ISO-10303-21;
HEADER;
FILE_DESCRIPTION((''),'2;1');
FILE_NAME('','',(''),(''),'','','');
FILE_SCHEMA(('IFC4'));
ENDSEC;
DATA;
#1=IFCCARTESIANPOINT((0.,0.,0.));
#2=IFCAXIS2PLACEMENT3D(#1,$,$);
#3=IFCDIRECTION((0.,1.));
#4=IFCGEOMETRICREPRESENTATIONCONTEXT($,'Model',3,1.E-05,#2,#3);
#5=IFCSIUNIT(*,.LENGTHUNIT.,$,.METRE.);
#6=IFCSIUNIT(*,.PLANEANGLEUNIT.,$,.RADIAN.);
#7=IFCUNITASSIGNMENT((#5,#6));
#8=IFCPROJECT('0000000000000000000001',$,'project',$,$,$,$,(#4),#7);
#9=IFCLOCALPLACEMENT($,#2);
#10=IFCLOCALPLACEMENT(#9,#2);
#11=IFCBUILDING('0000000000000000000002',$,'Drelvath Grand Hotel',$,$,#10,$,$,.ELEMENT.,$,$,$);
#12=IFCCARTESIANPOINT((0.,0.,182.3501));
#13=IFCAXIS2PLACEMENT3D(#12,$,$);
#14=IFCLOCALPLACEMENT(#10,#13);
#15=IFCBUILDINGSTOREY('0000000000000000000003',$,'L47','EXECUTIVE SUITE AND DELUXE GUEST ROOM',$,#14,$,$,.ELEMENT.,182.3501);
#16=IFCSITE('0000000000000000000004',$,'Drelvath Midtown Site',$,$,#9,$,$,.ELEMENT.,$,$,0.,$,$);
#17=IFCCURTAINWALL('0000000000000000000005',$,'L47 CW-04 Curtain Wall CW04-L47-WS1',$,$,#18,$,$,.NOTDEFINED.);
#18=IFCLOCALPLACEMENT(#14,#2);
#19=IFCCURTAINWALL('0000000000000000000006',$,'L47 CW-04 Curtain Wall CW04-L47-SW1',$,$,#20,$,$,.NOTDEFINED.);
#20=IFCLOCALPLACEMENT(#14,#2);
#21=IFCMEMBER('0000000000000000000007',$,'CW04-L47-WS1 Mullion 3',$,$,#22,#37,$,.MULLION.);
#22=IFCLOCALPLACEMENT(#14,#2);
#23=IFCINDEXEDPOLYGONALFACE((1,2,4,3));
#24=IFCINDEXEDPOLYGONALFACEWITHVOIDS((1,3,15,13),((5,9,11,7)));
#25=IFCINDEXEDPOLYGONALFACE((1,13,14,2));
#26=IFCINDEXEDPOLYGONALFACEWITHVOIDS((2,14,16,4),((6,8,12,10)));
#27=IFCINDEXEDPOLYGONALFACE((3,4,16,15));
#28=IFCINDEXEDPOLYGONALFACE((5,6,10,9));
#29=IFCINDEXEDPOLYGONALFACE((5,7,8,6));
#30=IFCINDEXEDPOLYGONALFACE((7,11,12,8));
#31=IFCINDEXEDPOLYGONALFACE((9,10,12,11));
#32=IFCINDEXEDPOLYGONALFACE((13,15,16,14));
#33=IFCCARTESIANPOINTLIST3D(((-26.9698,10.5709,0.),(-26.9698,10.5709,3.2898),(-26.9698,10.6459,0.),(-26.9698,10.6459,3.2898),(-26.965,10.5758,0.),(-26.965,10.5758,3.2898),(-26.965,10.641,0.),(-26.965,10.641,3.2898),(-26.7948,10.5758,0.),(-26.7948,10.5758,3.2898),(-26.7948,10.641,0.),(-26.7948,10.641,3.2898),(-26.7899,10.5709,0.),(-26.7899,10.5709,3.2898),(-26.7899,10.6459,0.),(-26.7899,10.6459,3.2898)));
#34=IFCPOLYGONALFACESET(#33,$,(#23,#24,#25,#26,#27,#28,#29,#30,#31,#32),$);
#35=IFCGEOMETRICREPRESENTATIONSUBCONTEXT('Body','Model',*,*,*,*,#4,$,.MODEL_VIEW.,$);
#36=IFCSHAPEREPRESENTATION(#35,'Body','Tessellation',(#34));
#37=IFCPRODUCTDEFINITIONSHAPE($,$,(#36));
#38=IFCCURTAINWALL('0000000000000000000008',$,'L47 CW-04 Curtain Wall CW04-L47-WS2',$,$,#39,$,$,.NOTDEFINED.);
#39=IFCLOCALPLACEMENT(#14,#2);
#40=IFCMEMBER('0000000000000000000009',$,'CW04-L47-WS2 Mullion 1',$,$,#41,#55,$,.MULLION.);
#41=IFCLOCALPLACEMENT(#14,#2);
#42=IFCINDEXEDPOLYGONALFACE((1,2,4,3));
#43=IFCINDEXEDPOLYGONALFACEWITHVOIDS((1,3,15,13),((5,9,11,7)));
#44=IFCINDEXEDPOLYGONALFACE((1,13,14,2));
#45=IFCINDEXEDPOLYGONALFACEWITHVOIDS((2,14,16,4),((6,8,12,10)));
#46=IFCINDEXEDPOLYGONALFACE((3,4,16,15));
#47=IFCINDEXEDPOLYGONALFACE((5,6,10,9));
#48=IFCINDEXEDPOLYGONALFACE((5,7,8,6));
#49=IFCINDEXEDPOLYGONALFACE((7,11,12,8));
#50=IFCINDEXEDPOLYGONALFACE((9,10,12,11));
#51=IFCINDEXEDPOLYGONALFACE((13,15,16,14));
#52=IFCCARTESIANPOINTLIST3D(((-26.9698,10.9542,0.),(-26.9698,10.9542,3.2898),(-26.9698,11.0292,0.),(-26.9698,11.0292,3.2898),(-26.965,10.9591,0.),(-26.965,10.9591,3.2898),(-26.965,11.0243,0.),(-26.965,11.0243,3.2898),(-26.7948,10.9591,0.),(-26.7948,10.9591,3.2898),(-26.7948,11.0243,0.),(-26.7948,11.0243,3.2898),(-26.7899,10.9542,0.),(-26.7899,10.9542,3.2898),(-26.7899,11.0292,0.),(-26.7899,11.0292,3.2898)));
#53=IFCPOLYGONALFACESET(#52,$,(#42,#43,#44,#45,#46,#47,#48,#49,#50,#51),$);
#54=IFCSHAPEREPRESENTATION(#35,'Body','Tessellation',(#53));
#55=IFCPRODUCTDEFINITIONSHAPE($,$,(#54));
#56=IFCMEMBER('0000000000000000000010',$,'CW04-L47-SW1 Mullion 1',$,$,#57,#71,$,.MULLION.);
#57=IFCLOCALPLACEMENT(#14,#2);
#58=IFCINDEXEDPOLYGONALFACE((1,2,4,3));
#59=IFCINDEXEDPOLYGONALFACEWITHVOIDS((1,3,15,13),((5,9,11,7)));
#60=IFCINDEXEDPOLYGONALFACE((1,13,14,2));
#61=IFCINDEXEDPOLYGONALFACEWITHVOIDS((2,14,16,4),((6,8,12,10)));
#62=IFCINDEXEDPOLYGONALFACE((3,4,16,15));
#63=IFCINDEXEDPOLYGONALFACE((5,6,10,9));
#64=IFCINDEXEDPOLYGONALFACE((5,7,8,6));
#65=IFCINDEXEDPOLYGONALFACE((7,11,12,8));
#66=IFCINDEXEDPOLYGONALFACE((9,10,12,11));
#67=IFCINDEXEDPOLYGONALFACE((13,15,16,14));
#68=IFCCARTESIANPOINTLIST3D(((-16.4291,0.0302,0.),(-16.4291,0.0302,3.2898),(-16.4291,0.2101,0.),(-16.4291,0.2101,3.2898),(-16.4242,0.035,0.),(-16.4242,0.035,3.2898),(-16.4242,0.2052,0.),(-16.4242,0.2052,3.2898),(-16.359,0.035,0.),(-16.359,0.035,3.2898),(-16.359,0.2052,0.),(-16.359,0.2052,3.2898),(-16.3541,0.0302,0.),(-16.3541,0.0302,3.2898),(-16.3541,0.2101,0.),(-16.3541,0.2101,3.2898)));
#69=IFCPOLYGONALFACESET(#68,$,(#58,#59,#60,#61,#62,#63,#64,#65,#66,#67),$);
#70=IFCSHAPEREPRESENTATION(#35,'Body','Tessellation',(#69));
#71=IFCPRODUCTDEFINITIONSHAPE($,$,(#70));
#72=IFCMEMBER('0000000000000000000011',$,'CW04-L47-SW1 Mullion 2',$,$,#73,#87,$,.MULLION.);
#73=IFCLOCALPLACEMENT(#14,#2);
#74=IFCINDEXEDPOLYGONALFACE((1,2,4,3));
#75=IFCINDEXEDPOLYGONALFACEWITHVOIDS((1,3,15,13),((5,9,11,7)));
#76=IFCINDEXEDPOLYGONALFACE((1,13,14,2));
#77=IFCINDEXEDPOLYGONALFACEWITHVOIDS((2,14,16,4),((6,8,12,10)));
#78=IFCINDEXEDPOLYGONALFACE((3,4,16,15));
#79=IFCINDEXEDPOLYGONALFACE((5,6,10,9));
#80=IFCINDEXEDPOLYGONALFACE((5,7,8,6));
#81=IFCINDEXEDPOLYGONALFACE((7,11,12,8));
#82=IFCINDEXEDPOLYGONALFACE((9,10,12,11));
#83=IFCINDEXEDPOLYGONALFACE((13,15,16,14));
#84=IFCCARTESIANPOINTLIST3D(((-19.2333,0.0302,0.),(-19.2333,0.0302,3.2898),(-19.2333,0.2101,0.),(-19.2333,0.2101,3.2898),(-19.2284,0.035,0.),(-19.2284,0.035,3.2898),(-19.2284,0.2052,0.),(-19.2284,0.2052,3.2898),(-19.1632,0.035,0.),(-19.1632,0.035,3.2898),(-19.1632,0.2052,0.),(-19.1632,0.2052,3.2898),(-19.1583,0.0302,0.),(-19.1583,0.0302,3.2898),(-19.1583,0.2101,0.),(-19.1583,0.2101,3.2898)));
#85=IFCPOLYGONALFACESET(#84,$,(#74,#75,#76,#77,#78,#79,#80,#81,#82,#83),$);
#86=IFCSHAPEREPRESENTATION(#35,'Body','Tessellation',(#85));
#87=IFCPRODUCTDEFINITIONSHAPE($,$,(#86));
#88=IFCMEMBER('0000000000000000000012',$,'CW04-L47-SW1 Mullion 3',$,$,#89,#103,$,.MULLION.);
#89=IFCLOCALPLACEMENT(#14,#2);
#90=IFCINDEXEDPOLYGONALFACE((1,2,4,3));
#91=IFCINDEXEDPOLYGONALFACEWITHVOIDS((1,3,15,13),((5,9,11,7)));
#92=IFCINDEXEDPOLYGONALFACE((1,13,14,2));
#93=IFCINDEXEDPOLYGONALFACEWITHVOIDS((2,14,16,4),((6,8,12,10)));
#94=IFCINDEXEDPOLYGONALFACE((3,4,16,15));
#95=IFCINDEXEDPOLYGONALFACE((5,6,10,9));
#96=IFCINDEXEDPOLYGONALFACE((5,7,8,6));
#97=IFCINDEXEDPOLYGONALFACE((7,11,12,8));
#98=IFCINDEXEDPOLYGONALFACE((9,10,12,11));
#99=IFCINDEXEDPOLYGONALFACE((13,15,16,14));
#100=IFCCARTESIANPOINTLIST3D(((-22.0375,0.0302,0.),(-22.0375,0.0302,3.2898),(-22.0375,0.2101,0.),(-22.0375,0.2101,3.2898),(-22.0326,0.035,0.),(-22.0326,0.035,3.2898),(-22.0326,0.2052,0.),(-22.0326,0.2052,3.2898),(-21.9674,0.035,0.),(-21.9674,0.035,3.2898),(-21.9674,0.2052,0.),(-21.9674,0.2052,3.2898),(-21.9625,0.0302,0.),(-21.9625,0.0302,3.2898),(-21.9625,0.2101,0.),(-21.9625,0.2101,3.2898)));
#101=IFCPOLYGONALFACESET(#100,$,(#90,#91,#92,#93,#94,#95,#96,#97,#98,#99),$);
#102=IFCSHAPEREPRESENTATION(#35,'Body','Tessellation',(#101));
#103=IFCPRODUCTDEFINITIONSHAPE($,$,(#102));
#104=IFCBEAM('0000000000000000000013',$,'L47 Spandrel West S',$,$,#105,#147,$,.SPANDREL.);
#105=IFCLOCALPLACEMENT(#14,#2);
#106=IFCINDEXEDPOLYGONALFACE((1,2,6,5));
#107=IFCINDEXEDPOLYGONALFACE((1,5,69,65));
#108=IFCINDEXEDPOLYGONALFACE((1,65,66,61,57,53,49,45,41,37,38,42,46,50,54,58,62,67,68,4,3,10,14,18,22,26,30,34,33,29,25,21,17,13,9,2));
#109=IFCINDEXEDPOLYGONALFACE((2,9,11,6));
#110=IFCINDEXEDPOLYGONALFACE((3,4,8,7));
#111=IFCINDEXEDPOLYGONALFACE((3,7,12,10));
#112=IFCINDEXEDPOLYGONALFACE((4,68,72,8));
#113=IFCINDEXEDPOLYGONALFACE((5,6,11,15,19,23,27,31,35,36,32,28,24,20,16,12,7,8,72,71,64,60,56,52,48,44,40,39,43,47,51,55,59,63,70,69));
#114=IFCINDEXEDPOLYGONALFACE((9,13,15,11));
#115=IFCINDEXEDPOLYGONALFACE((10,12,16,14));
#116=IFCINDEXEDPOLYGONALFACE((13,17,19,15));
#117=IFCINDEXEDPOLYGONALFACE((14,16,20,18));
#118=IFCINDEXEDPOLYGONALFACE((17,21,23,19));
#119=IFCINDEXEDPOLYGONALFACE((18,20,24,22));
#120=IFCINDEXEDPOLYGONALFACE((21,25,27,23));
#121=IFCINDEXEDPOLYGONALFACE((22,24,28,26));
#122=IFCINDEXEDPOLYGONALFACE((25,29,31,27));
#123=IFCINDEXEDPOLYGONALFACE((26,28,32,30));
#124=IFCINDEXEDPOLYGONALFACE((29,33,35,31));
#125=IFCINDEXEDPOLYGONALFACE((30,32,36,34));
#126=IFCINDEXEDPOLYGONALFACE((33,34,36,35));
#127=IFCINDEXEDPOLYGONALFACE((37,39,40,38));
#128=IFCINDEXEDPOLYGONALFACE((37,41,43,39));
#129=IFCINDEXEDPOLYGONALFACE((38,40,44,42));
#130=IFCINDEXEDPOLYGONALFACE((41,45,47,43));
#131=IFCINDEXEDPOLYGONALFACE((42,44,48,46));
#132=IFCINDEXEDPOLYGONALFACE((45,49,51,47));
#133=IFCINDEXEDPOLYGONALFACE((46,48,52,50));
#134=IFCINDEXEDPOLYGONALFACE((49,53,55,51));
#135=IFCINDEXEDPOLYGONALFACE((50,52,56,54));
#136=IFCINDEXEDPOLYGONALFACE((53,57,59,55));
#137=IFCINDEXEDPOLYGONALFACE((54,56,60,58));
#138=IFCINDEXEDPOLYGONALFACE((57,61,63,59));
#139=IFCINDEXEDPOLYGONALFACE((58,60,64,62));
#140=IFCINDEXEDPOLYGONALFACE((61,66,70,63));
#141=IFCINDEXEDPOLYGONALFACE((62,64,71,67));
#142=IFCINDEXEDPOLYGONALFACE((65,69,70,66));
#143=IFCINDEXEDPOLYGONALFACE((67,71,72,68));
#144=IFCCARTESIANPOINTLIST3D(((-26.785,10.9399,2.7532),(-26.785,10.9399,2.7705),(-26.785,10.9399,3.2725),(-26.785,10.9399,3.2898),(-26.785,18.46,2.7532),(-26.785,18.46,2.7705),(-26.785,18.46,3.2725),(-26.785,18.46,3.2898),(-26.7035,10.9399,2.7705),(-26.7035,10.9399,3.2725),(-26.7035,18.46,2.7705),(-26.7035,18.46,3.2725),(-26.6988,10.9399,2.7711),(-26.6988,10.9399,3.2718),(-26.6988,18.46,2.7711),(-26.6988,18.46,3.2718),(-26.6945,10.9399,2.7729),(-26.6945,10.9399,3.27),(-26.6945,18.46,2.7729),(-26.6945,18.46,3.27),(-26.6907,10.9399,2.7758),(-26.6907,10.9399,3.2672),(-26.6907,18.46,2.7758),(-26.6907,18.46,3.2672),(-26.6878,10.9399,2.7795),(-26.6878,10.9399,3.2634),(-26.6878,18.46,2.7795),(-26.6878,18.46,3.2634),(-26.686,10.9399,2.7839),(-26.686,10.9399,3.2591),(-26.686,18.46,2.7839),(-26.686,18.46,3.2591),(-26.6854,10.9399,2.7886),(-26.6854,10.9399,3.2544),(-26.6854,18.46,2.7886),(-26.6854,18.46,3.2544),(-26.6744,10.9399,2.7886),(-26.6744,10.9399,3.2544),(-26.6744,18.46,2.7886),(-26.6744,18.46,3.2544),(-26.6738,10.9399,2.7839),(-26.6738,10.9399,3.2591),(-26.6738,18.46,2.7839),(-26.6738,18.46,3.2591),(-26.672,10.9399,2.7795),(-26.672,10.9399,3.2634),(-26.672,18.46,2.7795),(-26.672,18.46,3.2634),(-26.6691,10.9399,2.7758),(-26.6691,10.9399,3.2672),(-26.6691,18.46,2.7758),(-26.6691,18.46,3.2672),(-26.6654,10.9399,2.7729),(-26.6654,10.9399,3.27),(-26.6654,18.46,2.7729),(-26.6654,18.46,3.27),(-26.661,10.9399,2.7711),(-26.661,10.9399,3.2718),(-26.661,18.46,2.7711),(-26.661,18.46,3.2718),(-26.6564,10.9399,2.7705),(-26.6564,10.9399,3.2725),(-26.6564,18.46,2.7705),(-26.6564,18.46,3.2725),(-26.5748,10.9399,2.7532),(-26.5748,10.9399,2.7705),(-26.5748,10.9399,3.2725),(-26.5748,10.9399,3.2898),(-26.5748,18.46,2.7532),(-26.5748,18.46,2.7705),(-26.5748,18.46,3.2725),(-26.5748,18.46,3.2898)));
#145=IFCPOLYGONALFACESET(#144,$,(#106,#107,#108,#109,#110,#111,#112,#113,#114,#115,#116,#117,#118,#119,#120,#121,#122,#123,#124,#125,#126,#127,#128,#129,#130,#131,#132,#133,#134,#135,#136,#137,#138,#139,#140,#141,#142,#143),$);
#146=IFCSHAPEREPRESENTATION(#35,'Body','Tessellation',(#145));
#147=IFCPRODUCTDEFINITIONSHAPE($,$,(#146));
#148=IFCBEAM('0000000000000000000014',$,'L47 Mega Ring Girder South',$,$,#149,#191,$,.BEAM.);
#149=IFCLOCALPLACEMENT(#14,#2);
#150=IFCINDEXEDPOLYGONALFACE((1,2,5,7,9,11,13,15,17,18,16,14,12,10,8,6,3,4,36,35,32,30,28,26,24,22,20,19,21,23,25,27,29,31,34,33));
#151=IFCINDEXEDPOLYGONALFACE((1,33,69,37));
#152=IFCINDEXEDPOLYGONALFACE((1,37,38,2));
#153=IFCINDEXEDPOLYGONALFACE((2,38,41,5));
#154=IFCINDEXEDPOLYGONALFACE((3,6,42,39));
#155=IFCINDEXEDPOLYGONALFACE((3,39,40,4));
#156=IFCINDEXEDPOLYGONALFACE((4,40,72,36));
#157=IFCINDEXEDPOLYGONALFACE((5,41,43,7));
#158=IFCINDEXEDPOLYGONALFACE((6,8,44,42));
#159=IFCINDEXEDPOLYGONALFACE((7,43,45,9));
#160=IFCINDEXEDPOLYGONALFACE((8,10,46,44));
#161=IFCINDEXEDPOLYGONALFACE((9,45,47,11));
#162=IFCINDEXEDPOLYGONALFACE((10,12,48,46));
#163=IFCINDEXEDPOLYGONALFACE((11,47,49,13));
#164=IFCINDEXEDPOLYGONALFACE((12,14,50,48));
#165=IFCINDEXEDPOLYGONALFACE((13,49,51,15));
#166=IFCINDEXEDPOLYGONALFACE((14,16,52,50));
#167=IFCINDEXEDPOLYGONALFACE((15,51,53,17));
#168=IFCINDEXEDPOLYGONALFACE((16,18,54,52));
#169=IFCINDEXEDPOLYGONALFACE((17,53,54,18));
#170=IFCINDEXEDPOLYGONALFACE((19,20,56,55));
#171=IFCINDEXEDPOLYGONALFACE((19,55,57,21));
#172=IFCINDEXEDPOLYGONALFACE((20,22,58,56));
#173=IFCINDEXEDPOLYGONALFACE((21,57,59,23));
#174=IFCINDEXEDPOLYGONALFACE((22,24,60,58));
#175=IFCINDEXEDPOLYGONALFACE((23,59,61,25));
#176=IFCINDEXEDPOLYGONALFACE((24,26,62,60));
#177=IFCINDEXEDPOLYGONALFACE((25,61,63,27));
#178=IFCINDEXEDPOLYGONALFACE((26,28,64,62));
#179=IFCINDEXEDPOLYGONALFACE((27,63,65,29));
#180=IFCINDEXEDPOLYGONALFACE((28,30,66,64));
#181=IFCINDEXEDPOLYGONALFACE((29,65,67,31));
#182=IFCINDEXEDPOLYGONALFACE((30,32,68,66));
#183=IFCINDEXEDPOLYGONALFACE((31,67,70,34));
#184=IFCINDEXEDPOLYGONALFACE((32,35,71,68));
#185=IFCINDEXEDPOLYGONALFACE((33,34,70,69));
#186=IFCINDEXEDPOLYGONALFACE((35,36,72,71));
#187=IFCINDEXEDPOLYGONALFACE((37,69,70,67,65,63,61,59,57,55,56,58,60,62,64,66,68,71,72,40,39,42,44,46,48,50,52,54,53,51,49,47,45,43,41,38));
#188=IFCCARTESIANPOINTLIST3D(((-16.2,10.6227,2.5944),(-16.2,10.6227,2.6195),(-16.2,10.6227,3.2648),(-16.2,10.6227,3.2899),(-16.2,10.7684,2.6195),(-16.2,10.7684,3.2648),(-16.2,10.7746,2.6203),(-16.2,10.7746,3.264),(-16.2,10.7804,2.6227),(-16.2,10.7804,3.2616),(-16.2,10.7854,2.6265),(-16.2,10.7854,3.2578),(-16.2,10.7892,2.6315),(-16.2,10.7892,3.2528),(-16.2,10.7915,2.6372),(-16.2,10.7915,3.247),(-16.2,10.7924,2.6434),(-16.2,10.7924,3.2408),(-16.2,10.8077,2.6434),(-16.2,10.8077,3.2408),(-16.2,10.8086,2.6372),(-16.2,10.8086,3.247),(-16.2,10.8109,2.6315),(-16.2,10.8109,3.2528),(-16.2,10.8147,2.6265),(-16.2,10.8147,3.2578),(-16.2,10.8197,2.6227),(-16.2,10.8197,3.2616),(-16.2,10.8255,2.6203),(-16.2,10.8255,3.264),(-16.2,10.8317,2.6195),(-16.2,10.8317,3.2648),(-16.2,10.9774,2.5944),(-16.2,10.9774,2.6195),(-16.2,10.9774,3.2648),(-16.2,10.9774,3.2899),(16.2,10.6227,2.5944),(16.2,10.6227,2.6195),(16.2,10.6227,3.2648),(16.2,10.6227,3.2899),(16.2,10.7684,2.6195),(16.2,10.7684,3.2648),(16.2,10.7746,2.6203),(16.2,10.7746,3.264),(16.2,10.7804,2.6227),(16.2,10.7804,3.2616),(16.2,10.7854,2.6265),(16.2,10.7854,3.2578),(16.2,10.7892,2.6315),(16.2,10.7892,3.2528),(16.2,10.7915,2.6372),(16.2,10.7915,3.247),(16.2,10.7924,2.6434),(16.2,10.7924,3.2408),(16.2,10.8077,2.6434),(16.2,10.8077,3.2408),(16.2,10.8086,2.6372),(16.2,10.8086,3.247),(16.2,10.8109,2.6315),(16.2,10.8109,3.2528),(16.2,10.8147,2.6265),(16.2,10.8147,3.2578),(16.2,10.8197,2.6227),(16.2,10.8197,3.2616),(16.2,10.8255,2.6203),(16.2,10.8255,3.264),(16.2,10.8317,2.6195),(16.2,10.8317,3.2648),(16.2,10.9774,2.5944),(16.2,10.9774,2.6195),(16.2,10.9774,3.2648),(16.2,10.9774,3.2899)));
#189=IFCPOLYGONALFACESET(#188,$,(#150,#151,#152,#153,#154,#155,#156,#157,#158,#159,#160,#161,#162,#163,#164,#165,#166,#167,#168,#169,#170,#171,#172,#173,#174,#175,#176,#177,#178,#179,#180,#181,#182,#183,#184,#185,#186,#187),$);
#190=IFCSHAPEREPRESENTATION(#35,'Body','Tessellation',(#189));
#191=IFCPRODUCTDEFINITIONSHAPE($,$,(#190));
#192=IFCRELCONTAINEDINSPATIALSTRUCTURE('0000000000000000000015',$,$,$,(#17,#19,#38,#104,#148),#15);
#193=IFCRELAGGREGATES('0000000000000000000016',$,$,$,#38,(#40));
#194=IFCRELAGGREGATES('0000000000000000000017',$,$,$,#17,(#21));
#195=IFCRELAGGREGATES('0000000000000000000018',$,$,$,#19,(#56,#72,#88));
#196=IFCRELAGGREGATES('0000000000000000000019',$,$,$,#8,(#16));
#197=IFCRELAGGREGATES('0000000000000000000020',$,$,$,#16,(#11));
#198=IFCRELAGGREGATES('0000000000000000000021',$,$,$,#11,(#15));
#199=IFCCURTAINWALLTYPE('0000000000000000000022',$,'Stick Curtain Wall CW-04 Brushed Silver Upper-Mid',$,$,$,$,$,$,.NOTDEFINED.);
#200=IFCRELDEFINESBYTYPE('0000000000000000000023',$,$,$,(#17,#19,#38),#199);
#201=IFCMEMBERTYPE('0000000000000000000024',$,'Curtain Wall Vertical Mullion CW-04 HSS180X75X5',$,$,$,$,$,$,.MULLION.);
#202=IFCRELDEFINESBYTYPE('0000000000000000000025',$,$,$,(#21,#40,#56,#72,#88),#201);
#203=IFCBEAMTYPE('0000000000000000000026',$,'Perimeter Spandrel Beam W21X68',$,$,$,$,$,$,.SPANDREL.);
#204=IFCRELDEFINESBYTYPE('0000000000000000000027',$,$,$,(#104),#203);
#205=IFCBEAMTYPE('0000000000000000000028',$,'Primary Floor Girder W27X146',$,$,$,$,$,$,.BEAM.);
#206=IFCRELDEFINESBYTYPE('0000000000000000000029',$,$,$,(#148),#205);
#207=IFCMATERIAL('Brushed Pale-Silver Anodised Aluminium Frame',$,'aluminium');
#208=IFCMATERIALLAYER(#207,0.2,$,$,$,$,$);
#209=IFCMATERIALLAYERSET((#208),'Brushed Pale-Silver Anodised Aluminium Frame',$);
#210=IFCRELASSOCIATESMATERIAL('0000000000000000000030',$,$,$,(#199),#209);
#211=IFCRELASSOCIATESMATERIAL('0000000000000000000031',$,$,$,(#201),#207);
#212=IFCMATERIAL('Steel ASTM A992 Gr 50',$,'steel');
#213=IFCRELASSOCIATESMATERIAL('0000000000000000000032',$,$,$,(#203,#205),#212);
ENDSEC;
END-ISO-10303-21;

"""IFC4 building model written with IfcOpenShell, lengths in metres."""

from ifc_helpers import new_model, si_unit, direction, frame, origin, origin_2d, place, context, subcontext, project, spatial, hollow_rectangle, i_section, extrude, material, layer, layer_set, material_profile, profile_set, type_object, element, aggregate, save


model = new_model("IFC4")

# Units and contexts
model_context = context("Model", 3, precision=1e-05, world=origin(), true_north=direction((0.0, 1.0)))
body_context = subcontext(model_context, "Body", "Model", "MODEL_VIEW")
ifc_project = project(units=[si_unit("LENGTHUNIT", "METRE"), si_unit("PLANEANGLEUNIT", "RADIAN")], contexts=[model_context])

# Site, building, storey
site_placement = place(None, origin())
site = spatial("IfcSite", under=ifc_project, at=site_placement, Name="Drelvath Midtown Site", CompositionType="ELEMENT", RefElevation=0.0)
building_placement = place(site_placement, origin())
building = spatial("IfcBuilding", under=site, at=building_placement, Name="Drelvath Grand Hotel", CompositionType="ELEMENT")
storey_placement = place(building_placement, frame((0.0, 0.0, 182.3501)))
storey = spatial("IfcBuildingStorey", under=building, at=storey_placement, Name="L47", Description="EXECUTIVE SUITE AND DELUXE GUEST ROOM", CompositionType="ELEMENT", Elevation=182.3501)

# Curtain walls
ifc_material_1 = material(Name="Brushed Pale-Silver Anodised Aluminium Frame", Category="aluminium")
ifc_layer_1 = layer(ifc_material_1, 0.2)
ifc_layer_set_1 = layer_set([ifc_layer_1], Name="Brushed Pale-Silver Anodised Aluminium Frame")
curtain_wall_type = type_object("IfcCurtainWallType", Name="Stick Curtain Wall CW-04 Brushed Silver Upper-Mid", PredefinedType="NOTDEFINED", material=ifc_layer_set_1)
curtain_wall_1_placement = place(storey_placement, origin())
curtain_wall_1 = element("IfcCurtainWall", 1, at=curtain_wall_1_placement, inside=storey, type_object=curtain_wall_type, Name="L47 CW-04 Curtain Wall CW04-L47-WS1", PredefinedType="NOTDEFINED")
curtain_wall_2_placement = place(storey_placement, origin())
curtain_wall_2 = element("IfcCurtainWall", 2, at=curtain_wall_2_placement, inside=storey, type_object=curtain_wall_type, Name="L47 CW-04 Curtain Wall CW04-L47-SW1", PredefinedType="NOTDEFINED")

# Member
ifc_material_profile_1 = material_profile(ifc_material_1, hollow_rectangle(XDim=0.075, YDim=0.1799, WallThickness=0.0049, at=origin_2d()), Name="HSS180X75X5")
ifc_profile_set_1 = profile_set([ifc_material_profile_1], Name="Brushed Pale-Silver Anodised Aluminium Frame")
member_type_1 = type_object("IfcMemberType", Name="Curtain Wall Vertical Mullion CW-04 HSS180X75X5", PredefinedType="MULLION", material=ifc_profile_set_1)
member_1_placement = place(storey_placement, frame((-26.8799, 10.6084, 0.0), z_axis=(0.0, 0.0, 1.0), x_axis=(0.0, 1.0, 0.0)))
member_1 = element("IfcMember", 3, at=member_1_placement, type_object=member_type_1, Name="CW04-L47-WS1 Mullion 3", PredefinedType="MULLION", context=body_context, shape_type="SweptSolid", body=[
    extrude(hollow_rectangle(XDim=0.075, YDim=0.1799, WallThickness=0.0049, at=origin_2d()), origin(), (0.0, 0.0, 1.0), 3.2898),
])

# Curtain wall, member
curtain_wall_3_placement = place(storey_placement, origin())
curtain_wall_3 = element("IfcCurtainWall", 4, at=curtain_wall_3_placement, inside=storey, type_object=curtain_wall_type, Name="L47 CW-04 Curtain Wall CW04-L47-WS2", PredefinedType="NOTDEFINED")
member_2_placement = place(storey_placement, frame((-26.8799, 10.9917, 0.0), z_axis=(0.0, 0.0, 1.0), x_axis=(0.0, 1.0, 0.0)))
member_2 = element("IfcMember", 5, at=member_2_placement, type_object=member_type_1, Name="CW04-L47-WS2 Mullion 1", PredefinedType="MULLION", context=body_context, shape_type="SweptSolid", body=[
    extrude(hollow_rectangle(XDim=0.075, YDim=0.1799, WallThickness=0.0049, at=origin_2d()), origin(), (0.0, 0.0, 1.0), 3.2898),
])
aggregate(curtain_wall_3, [member_2])

# Members
member_3_placement = place(storey_placement, frame((-16.3916, 0.1201, 0.0), z_axis=(0.0, 0.0, 1.0), x_axis=(1.0, 0.0, 0.0)))
member_3 = element("IfcMember", 6, at=member_3_placement, type_object=member_type_1, Name="CW04-L47-SW1 Mullion 1", PredefinedType="MULLION", context=body_context, shape_type="SweptSolid", body=[
    extrude(hollow_rectangle(XDim=0.075, YDim=0.1799, WallThickness=0.0049, at=origin_2d()), origin(), (0.0, 0.0, 1.0), 3.2898),
])
member_4_placement = place(storey_placement, frame((-19.1958, 0.1201, 0.0), z_axis=(0.0, 0.0, 1.0), x_axis=(1.0, 0.0, 0.0)))
member_4 = element("IfcMember", 7, at=member_4_placement, type_object=member_type_1, Name="CW04-L47-SW1 Mullion 2", PredefinedType="MULLION", context=body_context, shape_type="SweptSolid", body=[
    extrude(hollow_rectangle(XDim=0.075, YDim=0.1799, WallThickness=0.0049, at=origin_2d()), origin(), (0.0, 0.0, 1.0), 3.2898),
])
member_5_placement = place(storey_placement, frame((-22.0, 0.1201, 0.0), z_axis=(0.0, 0.0, 1.0), x_axis=(1.0, 0.0, 0.0)))
member_5 = element("IfcMember", 8, at=member_5_placement, type_object=member_type_1, Name="CW04-L47-SW1 Mullion 3", PredefinedType="MULLION", context=body_context, shape_type="SweptSolid", body=[
    extrude(hollow_rectangle(XDim=0.075, YDim=0.1799, WallThickness=0.0049, at=origin_2d()), origin(), (0.0, 0.0, 1.0), 3.2898),
])

# Beams
ifc_material_2 = material(Name="Steel ASTM A992 Gr 50", Category="steel")
ifc_material_profile_2 = material_profile(ifc_material_2, i_section(OverallWidth=0.2102, OverallDepth=0.5366, WebThickness=0.011, FlangeThickness=0.0173, FilletRadius=0.0181, at=origin_2d()), Name="W21X68")
ifc_profile_set_2 = profile_set([ifc_material_profile_2], Name="Steel ASTM A992 Gr 50")
beam_type_1 = type_object("IfcBeamType", Name="Perimeter Spandrel Beam W21X68", PredefinedType="SPANDREL", material=ifc_profile_set_2)
beam_placement = place(storey_placement, frame((-26.6799, 10.9399, 3.0215), z_axis=(0.0, 1.0, 0.0), x_axis=(-1.0, 0.0, 0.0)))
element("IfcBeam", 9, at=beam_placement, inside=storey, type_object=beam_type_1, Name="L47 Spandrel West S", PredefinedType="SPANDREL", context=body_context, shape_type="SweptSolid", body=[
    extrude(i_section(OverallWidth=0.2102, OverallDepth=0.5366, WebThickness=0.011, FlangeThickness=0.0173, FilletRadius=0.0181, at=origin_2d()), origin(), (0.0, 0.0, 1.0), 7.52),
])
ifc_material_profile_3 = material_profile(ifc_material_2, i_section(OverallWidth=0.3547, OverallDepth=0.6956, WebThickness=0.0154, FlangeThickness=0.0251, FilletRadius=0.0239, at=origin_2d()), Name="W27X146")
ifc_profile_set_3 = profile_set([ifc_material_profile_3], Name="Steel ASTM A992 Gr 50")
beam_type_2 = type_object("IfcBeamType", Name="Primary Floor Girder W27X146", PredefinedType="BEAM", material=ifc_profile_set_3)
for number, where, z_axis, x_axis, name in (
    (10, (-16.2, 10.8, 2.9421), (1.0, 0.0, 0.0), (0.0, 1.0, 0.0), "L47 Mega Ring Girder South"),
):
    element("IfcBeam", number, at=place(storey_placement, frame(where, z_axis=z_axis, x_axis=x_axis)), inside=storey, type_object=beam_type_2, Name=name, PredefinedType="BEAM", context=body_context, shape_type="SweptSolid", body=[
        extrude(i_section(OverallWidth=0.3547, OverallDepth=0.6956, WebThickness=0.0154, FlangeThickness=0.0251, FilletRadius=0.0239, at=origin_2d()), origin(), (0.0, 0.0, 1.0), 32.3999),
    ])

aggregate(curtain_wall_1, [member_1])
aggregate(curtain_wall_2, [member_3, member_4, member_5])

save(model, "model.ifc")
